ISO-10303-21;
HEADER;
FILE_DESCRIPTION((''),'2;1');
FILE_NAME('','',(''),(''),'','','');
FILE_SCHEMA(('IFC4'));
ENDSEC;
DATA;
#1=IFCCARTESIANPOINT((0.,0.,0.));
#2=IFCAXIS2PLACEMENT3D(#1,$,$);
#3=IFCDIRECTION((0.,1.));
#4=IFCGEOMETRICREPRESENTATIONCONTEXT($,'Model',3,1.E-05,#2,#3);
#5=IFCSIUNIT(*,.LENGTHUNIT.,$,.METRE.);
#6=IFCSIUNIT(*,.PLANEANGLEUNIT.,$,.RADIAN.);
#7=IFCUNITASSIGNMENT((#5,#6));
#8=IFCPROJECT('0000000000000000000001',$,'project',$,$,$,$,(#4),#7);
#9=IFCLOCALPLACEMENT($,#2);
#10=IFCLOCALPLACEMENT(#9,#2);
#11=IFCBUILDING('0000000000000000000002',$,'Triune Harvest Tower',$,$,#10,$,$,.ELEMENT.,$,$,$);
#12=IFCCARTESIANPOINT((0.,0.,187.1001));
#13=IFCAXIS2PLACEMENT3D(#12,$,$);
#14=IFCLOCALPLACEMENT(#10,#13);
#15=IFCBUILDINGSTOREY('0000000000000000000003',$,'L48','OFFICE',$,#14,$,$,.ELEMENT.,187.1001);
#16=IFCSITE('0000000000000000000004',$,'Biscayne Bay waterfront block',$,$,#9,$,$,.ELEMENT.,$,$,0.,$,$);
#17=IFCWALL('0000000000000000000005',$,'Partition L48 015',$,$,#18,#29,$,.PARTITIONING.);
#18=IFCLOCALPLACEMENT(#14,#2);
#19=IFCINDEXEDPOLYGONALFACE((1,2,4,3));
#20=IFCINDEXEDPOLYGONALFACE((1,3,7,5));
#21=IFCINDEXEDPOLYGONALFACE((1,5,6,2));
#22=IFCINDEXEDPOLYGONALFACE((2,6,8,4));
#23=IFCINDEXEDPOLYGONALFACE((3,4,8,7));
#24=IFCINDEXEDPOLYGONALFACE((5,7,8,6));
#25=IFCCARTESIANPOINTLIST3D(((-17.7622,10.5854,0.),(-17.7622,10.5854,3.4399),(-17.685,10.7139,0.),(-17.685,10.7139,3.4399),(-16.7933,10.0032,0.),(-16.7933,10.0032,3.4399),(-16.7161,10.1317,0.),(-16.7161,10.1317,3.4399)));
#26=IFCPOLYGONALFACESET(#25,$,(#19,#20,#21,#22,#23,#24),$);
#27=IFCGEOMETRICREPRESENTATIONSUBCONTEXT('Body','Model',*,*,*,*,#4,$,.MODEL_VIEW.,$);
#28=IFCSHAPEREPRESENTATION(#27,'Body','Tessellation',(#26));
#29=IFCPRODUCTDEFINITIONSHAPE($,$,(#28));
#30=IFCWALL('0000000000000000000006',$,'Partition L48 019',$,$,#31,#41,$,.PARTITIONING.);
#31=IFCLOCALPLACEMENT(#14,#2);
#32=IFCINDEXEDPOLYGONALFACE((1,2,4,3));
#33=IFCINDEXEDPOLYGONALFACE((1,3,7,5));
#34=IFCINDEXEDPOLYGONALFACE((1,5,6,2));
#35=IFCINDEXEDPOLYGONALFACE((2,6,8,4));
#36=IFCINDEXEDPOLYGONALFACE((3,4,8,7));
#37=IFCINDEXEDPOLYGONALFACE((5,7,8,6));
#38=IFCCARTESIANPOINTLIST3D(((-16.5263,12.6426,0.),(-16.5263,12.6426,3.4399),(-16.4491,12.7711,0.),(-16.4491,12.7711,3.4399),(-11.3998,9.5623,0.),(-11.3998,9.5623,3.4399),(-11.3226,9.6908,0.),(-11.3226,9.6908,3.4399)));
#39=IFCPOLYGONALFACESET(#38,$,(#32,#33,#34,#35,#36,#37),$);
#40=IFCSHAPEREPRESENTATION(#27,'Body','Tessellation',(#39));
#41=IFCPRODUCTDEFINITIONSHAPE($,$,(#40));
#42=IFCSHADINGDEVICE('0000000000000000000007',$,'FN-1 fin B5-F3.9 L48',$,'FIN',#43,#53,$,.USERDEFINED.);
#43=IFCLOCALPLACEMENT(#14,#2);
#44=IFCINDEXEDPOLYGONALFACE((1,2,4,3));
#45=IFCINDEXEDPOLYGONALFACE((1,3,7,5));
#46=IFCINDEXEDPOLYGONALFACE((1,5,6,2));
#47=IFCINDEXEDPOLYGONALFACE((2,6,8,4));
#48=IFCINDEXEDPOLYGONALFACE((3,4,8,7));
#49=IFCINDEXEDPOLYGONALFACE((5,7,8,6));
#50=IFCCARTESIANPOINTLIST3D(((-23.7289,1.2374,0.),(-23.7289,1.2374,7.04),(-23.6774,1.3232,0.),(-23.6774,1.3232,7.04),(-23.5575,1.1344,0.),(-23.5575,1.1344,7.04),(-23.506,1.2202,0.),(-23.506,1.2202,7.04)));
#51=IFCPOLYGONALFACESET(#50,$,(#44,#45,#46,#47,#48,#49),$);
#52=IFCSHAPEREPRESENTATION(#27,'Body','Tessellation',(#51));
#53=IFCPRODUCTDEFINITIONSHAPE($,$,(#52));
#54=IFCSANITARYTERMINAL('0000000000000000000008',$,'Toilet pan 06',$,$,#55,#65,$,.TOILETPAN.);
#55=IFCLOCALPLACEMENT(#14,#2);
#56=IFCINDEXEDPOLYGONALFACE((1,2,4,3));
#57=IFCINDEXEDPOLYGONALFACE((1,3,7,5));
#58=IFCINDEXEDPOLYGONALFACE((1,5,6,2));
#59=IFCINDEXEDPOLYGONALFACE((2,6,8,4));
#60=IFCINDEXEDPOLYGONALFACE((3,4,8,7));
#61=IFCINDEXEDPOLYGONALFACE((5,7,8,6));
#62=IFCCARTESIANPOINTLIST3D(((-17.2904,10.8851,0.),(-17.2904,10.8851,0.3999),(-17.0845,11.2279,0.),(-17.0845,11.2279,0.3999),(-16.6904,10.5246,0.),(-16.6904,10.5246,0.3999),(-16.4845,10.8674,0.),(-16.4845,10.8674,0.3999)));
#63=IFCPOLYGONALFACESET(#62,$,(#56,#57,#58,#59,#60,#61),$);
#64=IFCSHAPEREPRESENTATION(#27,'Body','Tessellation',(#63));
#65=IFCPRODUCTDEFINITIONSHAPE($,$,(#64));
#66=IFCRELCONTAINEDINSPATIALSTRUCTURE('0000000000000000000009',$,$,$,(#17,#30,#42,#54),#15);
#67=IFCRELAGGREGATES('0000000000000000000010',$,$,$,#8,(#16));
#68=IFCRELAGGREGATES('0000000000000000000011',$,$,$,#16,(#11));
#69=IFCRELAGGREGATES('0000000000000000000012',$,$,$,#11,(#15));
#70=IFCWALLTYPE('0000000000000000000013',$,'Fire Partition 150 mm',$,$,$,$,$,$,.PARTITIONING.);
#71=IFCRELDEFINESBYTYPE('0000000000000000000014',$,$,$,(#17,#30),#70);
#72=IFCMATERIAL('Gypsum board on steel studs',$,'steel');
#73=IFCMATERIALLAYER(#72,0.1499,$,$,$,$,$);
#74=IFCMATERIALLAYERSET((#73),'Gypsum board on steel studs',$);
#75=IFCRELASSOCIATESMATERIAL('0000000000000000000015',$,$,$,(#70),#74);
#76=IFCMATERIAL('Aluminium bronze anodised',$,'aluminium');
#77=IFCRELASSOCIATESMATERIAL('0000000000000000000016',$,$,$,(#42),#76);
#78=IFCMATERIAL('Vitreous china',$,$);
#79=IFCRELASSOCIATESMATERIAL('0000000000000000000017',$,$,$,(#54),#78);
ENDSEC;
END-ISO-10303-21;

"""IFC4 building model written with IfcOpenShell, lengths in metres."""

from ifc_helpers import new_model, si_unit, direction, frame, frame_2d, origin, origin_2d, place, context, subcontext, project, spatial, rectangle, extrude, source, transform, mapped, material, layer, layer_set, type_object, element, save


model = new_model("IFC4")

# Units and contexts
model_context = context("Model", 3, precision=1e-05, world=origin(), true_north=direction((0.0, 1.0)))
body_context = subcontext(model_context, "Body", "Model", "MODEL_VIEW")
ifc_project = project(units=[si_unit("LENGTHUNIT", "METRE"), si_unit("PLANEANGLEUNIT", "RADIAN")], contexts=[model_context])

# Site, building, storey
site_placement = place(None, origin())
site = spatial("IfcSite", under=ifc_project, at=site_placement, Name="Biscayne Bay waterfront block", CompositionType="ELEMENT", RefElevation=0.0)
building_placement = place(site_placement, origin())
building = spatial("IfcBuilding", under=site, at=building_placement, Name="Triune Harvest Tower", CompositionType="ELEMENT")
storey_placement = place(building_placement, frame((0.0, 0.0, 187.1001)))
storey = spatial("IfcBuildingStorey", under=building, at=storey_placement, Name="L48", Description="OFFICE", CompositionType="ELEMENT", Elevation=187.1001)

# Shared definitions
ifc_material_1 = material(Name="Gypsum board on steel studs", Category="steel")
ifc_layer_1 = layer(ifc_material_1, 0.1499)
ifc_layer_set_1 = layer_set([ifc_layer_1], Name="Gypsum board on steel studs")
wall_type_1 = type_object("IfcWallType", Name="Fire Partition 150 mm", PredefinedType="PARTITIONING", material=ifc_layer_set_1)

# Walls
shared_shape_1 = source(origin(), body_context, "Body", "SweptSolid", [
    extrude(rectangle(XDim=1.1304, YDim=0.1499, at=frame_2d((0.5652, 0.0))), origin(), (0.0, 0.0, 1.0), 3.4399),
])
wall_1_placement = place(storey_placement, frame((-17.7236, 10.6497, 0.0), z_axis=(0.0, 0.0, 1.0), x_axis=(0.85715, -0.515067, 0.0)))
element("IfcWall", 1, at=wall_1_placement, inside=storey, type_object=wall_type_1, Name="Partition L48 015", PredefinedType="PARTITIONING", context=body_context, shape_type="MappedRepresentation", body=[
    mapped(shared_shape_1, transform((0.0, 0.0, 0.0), scale=1.0)),
])
shared_shape_2 = source(origin(), body_context, "Body", "SweptSolid", [
    extrude(rectangle(XDim=5.9807, YDim=0.1499, at=frame_2d((2.9902, 0.0))), origin(), (0.0, 0.0, 1.0), 3.4399),
])
wall_2_placement = place(storey_placement, frame((-16.4875, 12.7068, 0.0), z_axis=(0.0, 0.0, 1.0), x_axis=(0.857165, -0.515042, 0.0)))
element("IfcWall", 2, at=wall_2_placement, inside=storey, type_object=wall_type_1, Name="Partition L48 019", PredefinedType="PARTITIONING", context=body_context, shape_type="MappedRepresentation", body=[
    mapped(shared_shape_2, transform((0.0, 0.0, 0.0), scale=1.0)),
])

# Shading device
ifc_material_2 = material(Name="Aluminium bronze anodised", Category="aluminium")
shared_shape_3 = source(origin(), body_context, "Body", "SweptSolid", [
    extrude(rectangle(XDim=0.1001, YDim=0.2, at=origin_2d()), origin(), (0.0, 0.0, 1.0), 7.04),
])
shading_device_placement = place(storey_placement, frame((-23.6174, 1.2288, 0.0), z_axis=(0.0, 0.0, 1.0), x_axis=(-0.515037, -0.857168, 0.0)))
element("IfcShadingDevice", 3, at=shading_device_placement, inside=storey, material=ifc_material_2, Name="FN-1 fin B5-F3.9 L48", ObjectType="FIN", PredefinedType="USERDEFINED", context=body_context, shape_type="MappedRepresentation", body=[
    mapped(shared_shape_3, transform((0.0, 0.0, 0.0), scale=1.0)),
])

# Sanitary terminal
ifc_material_3 = material(Name="Vitreous china")
shared_shape_4 = source(origin(), body_context, "Body", "SweptSolid", [
    extrude(rectangle(XDim=0.3999, YDim=0.7, at=origin_2d()), origin(), (0.0, 0.0, 1.0), 0.3999),
])
sanitary_terminal_placement = place(storey_placement, frame((-16.8875, 10.8762, 0.0), z_axis=(0.0, 0.0, 1.0), x_axis=(0.515008, 0.857185, 0.0)))
element("IfcSanitaryTerminal", 4, at=sanitary_terminal_placement, inside=storey, material=ifc_material_3, Name="Toilet pan 06", PredefinedType="TOILETPAN", context=body_context, shape_type="MappedRepresentation", body=[
    mapped(shared_shape_4, transform((0.0, 0.0, 0.0), scale=1.0)),
])

save(model, "model.ifc")
